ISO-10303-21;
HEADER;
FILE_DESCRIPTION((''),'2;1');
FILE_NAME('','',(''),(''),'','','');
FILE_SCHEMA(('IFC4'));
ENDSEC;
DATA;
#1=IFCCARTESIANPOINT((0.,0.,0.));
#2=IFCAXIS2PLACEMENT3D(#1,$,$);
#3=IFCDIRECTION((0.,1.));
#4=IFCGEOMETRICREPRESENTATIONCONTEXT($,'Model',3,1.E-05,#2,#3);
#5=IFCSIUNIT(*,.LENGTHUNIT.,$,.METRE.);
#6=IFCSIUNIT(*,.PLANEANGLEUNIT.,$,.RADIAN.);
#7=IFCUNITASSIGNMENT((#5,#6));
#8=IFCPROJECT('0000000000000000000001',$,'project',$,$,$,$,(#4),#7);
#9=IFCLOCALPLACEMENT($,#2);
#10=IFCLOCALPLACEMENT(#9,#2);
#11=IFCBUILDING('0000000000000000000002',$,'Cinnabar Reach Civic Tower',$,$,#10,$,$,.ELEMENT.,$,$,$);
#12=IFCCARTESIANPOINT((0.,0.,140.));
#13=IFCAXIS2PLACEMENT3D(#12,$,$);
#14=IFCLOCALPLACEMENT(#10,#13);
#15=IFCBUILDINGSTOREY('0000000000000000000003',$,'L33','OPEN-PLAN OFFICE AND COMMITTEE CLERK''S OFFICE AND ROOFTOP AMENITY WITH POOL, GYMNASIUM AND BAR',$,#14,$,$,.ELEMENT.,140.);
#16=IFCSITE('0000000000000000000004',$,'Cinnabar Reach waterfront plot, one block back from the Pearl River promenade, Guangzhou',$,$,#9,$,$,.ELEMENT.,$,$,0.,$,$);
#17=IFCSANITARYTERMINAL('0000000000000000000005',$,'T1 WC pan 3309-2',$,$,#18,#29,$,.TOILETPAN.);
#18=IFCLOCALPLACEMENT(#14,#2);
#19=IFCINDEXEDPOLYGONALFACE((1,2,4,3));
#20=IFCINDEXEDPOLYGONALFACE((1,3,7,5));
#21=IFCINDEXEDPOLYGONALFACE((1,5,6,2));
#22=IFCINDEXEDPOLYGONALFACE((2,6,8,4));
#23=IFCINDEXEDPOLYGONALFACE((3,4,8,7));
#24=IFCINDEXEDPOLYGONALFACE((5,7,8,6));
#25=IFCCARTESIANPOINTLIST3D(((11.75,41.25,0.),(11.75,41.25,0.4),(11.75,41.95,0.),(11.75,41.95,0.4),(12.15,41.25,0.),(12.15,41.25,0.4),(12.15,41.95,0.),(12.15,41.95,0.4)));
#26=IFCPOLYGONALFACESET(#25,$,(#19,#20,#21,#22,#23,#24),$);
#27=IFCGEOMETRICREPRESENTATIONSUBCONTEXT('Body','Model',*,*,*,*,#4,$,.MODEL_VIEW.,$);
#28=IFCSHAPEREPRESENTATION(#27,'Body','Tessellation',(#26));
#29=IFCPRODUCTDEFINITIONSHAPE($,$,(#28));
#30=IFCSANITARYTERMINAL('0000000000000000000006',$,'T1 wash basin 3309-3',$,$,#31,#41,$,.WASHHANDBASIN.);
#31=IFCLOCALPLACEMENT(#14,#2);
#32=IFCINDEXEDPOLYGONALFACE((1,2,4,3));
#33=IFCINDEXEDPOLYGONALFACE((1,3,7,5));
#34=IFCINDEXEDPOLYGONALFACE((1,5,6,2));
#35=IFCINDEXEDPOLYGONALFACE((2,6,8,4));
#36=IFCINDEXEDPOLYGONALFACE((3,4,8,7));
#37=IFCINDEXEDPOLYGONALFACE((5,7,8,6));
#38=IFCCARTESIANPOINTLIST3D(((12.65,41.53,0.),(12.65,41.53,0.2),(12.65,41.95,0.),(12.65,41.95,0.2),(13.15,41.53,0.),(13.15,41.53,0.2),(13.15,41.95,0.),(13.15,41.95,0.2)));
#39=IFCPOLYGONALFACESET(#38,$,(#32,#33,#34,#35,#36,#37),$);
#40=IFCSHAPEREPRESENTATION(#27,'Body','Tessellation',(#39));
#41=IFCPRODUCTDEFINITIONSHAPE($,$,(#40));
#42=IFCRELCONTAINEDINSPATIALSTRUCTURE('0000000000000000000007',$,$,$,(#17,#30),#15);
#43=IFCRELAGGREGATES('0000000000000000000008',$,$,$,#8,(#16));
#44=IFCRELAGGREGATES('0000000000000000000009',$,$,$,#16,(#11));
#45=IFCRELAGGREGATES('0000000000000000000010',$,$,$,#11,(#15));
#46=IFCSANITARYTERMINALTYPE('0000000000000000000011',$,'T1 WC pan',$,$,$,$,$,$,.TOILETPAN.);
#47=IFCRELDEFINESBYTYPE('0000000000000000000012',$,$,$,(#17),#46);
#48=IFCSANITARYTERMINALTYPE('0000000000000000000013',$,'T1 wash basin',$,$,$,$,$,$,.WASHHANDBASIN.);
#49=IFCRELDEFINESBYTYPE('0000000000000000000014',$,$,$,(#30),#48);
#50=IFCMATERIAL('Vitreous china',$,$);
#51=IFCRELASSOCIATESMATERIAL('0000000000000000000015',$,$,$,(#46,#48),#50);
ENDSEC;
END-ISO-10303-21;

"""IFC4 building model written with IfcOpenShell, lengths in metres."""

from ifc_helpers import new_model, si_unit, direction, frame, origin, origin_2d, place, context, subcontext, project, spatial, rectangle, extrude, material, type_object, element, save


model = new_model("IFC4")

# Units and contexts
model_context = context("Model", 3, precision=1e-05, world=origin(), true_north=direction((0.0, 1.0)))
body_context = subcontext(model_context, "Body", "Model", "MODEL_VIEW")
ifc_project = project(units=[si_unit("LENGTHUNIT", "METRE"), si_unit("PLANEANGLEUNIT", "RADIAN")], contexts=[model_context])

# Site, building, storey
site_placement = place(None, origin())
site = spatial("IfcSite", under=ifc_project, at=site_placement, Name="Cinnabar Reach waterfront plot, one block back from the Pearl River promenade, Guangzhou", CompositionType="ELEMENT", RefElevation=0.0)
building_placement = place(site_placement, origin())
building = spatial("IfcBuilding", under=site, at=building_placement, Name="Cinnabar Reach Civic Tower", CompositionType="ELEMENT")
storey_placement = place(building_placement, frame((0.0, 0.0, 140.0)))
storey = spatial("IfcBuildingStorey", under=building, at=storey_placement, Name="L33", Description="OPEN-PLAN OFFICE AND COMMITTEE CLERK'S OFFICE AND ROOFTOP AMENITY WITH POOL, GYMNASIUM AND BAR", CompositionType="ELEMENT", Elevation=140.0)

# Sanitary terminals
ifc_material_1 = material(Name="Vitreous china")
sanitary_terminal_type_1 = type_object("IfcSanitaryTerminalType", Name="T1 WC pan", PredefinedType="TOILETPAN", material=ifc_material_1)
for number, where, z_axis, x_axis, name in (
    (1, (11.95, 41.6, 0.0), (0.0, 0.0, 1.0), (1.0, 0.0, 0.0), "T1 WC pan 3309-2"),
):
    element("IfcSanitaryTerminal", number, at=place(storey_placement, frame(where, z_axis=z_axis, x_axis=x_axis)), inside=storey, type_object=sanitary_terminal_type_1, Name=name, PredefinedType="TOILETPAN", context=body_context, shape_type="SweptSolid", body=[
        extrude(rectangle(XDim=0.4, YDim=0.7, at=origin_2d()), origin(), (0.0, 0.0, 1.0), 0.4),
    ])
sanitary_terminal_type_2 = type_object("IfcSanitaryTerminalType", Name="T1 wash basin", PredefinedType="WASHHANDBASIN", material=ifc_material_1)
sanitary_terminal_placement = place(storey_placement, frame((12.9, 41.74, 0.0), z_axis=(0.0, 0.0, 1.0), x_axis=(1.0, 0.0, 0.0)))
element("IfcSanitaryTerminal", 2, at=sanitary_terminal_placement, inside=storey, type_object=sanitary_terminal_type_2, Name="T1 wash basin 3309-3", PredefinedType="WASHHANDBASIN", context=body_context, shape_type="SweptSolid", body=[
    extrude(rectangle(XDim=0.5, YDim=0.42, at=origin_2d()), origin(), (0.0, 0.0, 1.0), 0.2),
])

save(model, "model.ifc")
